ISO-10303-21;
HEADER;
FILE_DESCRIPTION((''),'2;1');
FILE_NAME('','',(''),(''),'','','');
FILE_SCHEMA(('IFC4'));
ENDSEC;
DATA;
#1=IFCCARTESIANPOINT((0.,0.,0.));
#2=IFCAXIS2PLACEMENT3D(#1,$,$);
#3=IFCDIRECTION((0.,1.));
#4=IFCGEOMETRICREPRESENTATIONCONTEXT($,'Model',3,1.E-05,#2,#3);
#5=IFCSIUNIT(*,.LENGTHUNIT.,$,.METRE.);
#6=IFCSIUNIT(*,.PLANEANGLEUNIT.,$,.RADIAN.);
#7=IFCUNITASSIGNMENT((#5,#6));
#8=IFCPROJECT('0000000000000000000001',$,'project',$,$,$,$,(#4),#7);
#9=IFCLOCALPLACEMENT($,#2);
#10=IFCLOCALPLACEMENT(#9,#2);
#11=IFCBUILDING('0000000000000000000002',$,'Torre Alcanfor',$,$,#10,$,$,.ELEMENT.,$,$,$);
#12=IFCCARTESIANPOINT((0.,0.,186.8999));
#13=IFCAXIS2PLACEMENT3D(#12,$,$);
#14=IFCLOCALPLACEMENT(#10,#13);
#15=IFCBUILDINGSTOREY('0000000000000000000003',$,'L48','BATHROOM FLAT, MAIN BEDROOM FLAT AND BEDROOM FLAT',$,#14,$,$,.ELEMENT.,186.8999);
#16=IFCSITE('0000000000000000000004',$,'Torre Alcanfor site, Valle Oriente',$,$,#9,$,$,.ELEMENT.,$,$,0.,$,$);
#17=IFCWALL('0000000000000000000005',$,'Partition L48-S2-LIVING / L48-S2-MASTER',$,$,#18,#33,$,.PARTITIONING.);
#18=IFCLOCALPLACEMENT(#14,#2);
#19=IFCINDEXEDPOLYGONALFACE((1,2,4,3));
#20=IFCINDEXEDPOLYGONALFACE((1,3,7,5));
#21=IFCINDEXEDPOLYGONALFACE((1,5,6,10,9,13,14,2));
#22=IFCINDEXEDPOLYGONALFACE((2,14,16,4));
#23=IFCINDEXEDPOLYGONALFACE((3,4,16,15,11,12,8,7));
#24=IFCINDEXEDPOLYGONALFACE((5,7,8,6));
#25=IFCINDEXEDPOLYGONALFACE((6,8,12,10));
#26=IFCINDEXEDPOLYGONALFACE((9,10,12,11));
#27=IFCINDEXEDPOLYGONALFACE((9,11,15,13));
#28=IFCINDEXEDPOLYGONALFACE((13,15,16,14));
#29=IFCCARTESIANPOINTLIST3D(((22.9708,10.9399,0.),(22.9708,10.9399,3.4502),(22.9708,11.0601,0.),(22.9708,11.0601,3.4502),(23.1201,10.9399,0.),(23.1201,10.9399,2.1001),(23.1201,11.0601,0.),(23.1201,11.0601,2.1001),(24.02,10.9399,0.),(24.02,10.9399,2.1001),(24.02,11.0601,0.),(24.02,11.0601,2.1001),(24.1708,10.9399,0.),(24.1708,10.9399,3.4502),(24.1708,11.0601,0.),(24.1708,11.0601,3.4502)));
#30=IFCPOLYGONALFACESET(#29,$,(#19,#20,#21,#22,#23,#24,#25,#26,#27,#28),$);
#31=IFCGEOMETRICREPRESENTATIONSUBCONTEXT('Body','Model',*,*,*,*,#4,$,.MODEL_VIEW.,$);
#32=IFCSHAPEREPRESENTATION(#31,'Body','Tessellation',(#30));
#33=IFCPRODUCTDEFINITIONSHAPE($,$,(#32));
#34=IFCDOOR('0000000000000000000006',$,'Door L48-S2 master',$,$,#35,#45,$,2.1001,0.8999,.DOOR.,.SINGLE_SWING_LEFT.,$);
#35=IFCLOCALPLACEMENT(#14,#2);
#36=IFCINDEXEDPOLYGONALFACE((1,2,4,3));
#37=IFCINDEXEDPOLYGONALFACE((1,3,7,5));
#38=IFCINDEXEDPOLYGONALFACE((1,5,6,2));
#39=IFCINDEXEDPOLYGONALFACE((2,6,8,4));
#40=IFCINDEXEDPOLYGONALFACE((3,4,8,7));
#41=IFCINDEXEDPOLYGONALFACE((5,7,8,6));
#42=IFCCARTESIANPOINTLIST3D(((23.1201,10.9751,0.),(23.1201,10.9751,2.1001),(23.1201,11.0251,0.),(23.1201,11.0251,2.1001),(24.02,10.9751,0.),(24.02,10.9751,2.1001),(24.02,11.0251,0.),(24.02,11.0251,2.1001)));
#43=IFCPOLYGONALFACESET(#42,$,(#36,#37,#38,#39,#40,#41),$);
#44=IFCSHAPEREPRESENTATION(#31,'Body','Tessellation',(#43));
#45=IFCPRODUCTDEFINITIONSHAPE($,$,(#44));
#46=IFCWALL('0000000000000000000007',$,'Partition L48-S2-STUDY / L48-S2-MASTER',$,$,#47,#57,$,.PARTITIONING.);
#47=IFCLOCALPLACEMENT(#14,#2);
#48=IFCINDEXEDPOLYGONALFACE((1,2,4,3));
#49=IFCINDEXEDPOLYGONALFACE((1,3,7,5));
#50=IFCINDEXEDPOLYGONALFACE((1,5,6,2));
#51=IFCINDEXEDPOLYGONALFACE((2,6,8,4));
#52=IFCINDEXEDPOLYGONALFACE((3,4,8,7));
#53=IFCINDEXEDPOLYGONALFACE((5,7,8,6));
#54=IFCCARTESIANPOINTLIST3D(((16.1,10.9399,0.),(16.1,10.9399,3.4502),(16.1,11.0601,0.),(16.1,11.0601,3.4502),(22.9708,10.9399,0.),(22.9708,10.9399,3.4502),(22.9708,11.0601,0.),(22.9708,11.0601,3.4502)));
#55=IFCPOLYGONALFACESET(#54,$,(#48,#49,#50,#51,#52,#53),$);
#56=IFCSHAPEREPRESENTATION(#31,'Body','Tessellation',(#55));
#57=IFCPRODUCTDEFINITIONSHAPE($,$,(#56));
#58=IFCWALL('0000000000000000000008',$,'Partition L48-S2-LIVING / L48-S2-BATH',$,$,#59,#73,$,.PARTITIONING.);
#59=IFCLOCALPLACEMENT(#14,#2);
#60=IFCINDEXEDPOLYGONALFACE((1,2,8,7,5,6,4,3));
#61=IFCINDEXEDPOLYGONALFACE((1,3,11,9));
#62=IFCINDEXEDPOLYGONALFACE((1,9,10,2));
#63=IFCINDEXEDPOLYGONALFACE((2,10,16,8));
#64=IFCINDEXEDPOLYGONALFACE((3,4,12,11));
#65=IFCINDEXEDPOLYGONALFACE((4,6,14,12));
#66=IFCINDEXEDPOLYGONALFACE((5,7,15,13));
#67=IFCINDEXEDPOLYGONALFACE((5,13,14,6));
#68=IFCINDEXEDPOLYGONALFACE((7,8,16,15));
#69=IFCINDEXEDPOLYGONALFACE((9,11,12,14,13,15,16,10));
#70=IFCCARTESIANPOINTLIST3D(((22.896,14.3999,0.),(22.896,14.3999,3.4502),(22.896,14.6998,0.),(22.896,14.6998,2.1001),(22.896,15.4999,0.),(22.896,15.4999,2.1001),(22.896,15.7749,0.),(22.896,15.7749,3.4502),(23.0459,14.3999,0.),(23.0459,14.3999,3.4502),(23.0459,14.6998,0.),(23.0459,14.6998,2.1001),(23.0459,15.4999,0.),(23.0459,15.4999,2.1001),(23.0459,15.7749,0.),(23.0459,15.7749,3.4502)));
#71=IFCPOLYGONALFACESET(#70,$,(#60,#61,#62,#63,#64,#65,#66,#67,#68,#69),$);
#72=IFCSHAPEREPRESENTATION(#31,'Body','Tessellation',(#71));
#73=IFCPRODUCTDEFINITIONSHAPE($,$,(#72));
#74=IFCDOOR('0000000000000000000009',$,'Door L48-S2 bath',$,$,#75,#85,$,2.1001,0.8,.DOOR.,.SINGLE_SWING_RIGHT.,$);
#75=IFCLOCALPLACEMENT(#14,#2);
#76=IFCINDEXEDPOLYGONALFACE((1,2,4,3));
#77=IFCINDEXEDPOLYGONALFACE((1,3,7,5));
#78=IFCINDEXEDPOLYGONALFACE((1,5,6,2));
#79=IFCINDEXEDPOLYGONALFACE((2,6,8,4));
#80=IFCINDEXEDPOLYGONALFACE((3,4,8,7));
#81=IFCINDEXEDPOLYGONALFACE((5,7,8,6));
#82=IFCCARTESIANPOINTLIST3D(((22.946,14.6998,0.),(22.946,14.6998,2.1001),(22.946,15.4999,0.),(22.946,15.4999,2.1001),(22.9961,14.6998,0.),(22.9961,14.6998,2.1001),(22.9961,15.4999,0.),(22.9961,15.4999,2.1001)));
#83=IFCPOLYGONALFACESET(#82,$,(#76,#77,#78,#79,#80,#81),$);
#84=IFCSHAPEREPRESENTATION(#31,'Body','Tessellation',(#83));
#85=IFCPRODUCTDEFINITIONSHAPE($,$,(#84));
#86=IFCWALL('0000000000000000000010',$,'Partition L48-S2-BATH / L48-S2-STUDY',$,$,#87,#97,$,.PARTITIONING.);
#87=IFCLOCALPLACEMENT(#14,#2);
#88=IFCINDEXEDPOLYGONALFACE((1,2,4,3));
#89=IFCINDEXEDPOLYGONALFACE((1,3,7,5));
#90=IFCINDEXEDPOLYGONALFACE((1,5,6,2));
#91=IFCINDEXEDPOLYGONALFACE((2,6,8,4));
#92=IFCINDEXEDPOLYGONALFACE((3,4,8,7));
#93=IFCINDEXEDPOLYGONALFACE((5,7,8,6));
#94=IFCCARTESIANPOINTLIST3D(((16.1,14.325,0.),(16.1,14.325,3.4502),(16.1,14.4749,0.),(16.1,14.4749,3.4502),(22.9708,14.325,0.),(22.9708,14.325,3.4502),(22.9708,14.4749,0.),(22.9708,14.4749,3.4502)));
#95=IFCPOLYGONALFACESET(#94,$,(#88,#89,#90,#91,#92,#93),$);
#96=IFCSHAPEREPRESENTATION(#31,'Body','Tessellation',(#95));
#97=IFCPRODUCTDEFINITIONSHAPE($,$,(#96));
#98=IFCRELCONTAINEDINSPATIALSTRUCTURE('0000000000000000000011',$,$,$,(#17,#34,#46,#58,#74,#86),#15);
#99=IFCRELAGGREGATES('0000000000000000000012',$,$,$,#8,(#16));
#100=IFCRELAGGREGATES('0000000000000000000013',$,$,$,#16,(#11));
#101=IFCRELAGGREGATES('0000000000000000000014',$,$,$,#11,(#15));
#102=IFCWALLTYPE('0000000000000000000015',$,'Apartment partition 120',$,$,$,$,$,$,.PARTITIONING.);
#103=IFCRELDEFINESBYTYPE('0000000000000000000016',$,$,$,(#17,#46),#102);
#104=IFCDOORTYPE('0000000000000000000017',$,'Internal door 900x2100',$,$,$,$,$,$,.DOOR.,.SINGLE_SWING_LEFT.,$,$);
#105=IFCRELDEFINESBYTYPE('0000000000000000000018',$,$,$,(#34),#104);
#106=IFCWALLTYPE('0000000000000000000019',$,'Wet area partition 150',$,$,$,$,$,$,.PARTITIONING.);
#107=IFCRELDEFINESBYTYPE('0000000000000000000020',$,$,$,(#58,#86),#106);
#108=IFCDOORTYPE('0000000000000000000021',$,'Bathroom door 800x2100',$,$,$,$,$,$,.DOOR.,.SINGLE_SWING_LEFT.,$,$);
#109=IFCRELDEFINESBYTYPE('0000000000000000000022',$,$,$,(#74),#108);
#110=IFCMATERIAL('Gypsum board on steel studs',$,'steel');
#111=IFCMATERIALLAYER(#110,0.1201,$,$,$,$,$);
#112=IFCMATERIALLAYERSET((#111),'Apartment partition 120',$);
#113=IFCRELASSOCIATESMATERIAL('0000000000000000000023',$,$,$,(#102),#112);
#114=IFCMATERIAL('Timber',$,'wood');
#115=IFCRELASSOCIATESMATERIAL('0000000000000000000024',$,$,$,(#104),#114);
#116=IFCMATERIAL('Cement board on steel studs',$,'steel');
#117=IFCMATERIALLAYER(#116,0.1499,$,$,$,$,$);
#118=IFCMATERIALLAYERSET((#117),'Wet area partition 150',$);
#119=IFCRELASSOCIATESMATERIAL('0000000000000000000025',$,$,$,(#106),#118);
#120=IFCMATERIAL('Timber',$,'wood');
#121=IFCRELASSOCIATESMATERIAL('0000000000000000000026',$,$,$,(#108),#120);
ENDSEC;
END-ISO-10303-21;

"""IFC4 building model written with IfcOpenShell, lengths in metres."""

from ifc_helpers import new_model, si_unit, direction, frame, frame_2d, origin, place, context, subcontext, project, spatial, rectangle, extrude, material, layer, layer_set, type_object, element, fill, save


model = new_model("IFC4")

# Units and contexts
model_context = context("Model", 3, precision=1e-05, world=origin(), true_north=direction((0.0, 1.0)))
body_context = subcontext(model_context, "Body", "Model", "MODEL_VIEW")
ifc_project = project(units=[si_unit("LENGTHUNIT", "METRE"), si_unit("PLANEANGLEUNIT", "RADIAN")], contexts=[model_context])

# Site, building, storey
site_placement = place(None, origin())
site = spatial("IfcSite", under=ifc_project, at=site_placement, Name="Torre Alcanfor site, Valle Oriente", CompositionType="ELEMENT", RefElevation=0.0)
building_placement = place(site_placement, origin())
building = spatial("IfcBuilding", under=site, at=building_placement, Name="Torre Alcanfor", CompositionType="ELEMENT")
storey_placement = place(building_placement, frame((0.0, 0.0, 186.8999)))
storey = spatial("IfcBuildingStorey", under=building, at=storey_placement, Name="L48", Description="BATHROOM FLAT, MAIN BEDROOM FLAT AND BEDROOM FLAT", CompositionType="ELEMENT", Elevation=186.8999)

# Shared definitions
ifc_material_1 = material(Name="Gypsum board on steel studs", Category="steel")
ifc_layer_1 = layer(ifc_material_1, 0.1201)
ifc_layer_set_1 = layer_set([ifc_layer_1], Name="Apartment partition 120")
wall_type_1 = type_object("IfcWallType", Name="Apartment partition 120", PredefinedType="PARTITIONING", material=ifc_layer_set_1)
ifc_material_2 = material(Name="Timber", Category="wood")
door_type_1 = type_object("IfcDoorType", Name="Internal door 900x2100", OperationType="SINGLE_SWING_LEFT", PredefinedType="DOOR", material=ifc_material_2)

# Wall, opening, door
wall_1_placement = place(storey_placement, frame((24.1709, 11.0, 0.0), z_axis=(0.0, 0.0, 1.0), x_axis=(-1.0, 0.0, 0.0)))
wall_1 = element("IfcWall", 1, at=wall_1_placement, inside=storey, type_object=wall_type_1, Name="Partition L48-S2-LIVING / L48-S2-MASTER", PredefinedType="PARTITIONING", context=body_context, shape_type="SweptSolid", body=[
    extrude(rectangle(XDim=1.2, YDim=0.1201, at=frame_2d((0.6001, 0.0))), origin(), (0.0, 0.0, 1.0), 3.4502),
])
opening_1_placement = place(wall_1_placement, frame((0.1509, 0.0, 0.0)))
opening_1 = element("IfcOpeningElement", 2, at=opening_1_placement, cuts=wall_1, PredefinedType="OPENING", context=body_context, shape_type="SweptSolid", body=[
    extrude(rectangle(XDim=0.8999, YDim=2.1001, at=frame_2d((0.45, 1.05))), frame((0.0, 0.0701, 0.0), z_axis=(0.0, -1.0, 0.0), x_axis=(1.0, 0.0, 0.0)), (0.0, 0.0, 1.0), 0.1401),
])
door_1_placement = place(opening_1_placement, origin())
door_1 = element("IfcDoor", 3, at=door_1_placement, inside=storey, type_object=door_type_1, Name="Door L48-S2 master", OperationType="SINGLE_SWING_LEFT", OverallHeight=2.1001, OverallWidth=0.8999, PredefinedType="DOOR", context=body_context, shape_type="SweptSolid", body=[
    extrude(rectangle(XDim=0.8999, YDim=2.1001, at=frame_2d((0.45, 1.05))), frame((0.0, 0.0249, 0.0), z_axis=(0.0, -1.0, 0.0), x_axis=(1.0, 0.0, 0.0)), (0.0, 0.0, 1.0), 0.05),
])
fill(opening_1, door_1)

# Wall
wall_2_placement = place(storey_placement, frame((22.9709, 11.0, 0.0), z_axis=(0.0, 0.0, 1.0), x_axis=(-1.0, 0.0, 0.0)))
element("IfcWall", 4, at=wall_2_placement, inside=storey, type_object=wall_type_1, Name="Partition L48-S2-STUDY / L48-S2-MASTER", PredefinedType="PARTITIONING", context=body_context, shape_type="SweptSolid", body=[
    extrude(rectangle(XDim=6.8708, YDim=0.1201, at=frame_2d((3.4355, 0.0))), origin(), (0.0, 0.0, 1.0), 3.4502),
])

# Wall, opening, door
ifc_material_3 = material(Name="Cement board on steel studs", Category="steel")
ifc_layer_2 = layer(ifc_material_3, 0.1499)
ifc_layer_set_2 = layer_set([ifc_layer_2], Name="Wet area partition 150")
wall_type_2 = type_object("IfcWallType", Name="Wet area partition 150", PredefinedType="PARTITIONING", material=ifc_layer_set_2)
wall_3_placement = place(storey_placement, frame((22.9709, 14.3999, 0.0), z_axis=(0.0, 0.0, 1.0), x_axis=(0.0, 1.0, 0.0)))
wall_3 = element("IfcWall", 5, at=wall_3_placement, inside=storey, type_object=wall_type_2, Name="Partition L48-S2-LIVING / L48-S2-BATH", PredefinedType="PARTITIONING", context=body_context, shape_type="SweptSolid", body=[
    extrude(rectangle(XDim=1.375, YDim=0.1499, at=frame_2d((0.6875, 0.0))), origin(), (0.0, 0.0, 1.0), 3.4502),
])
opening_2_placement = place(wall_3_placement, frame((0.3, 0.0, 0.0)))
opening_2 = element("IfcOpeningElement", 6, at=opening_2_placement, cuts=wall_3, PredefinedType="OPENING", context=body_context, shape_type="SweptSolid", body=[
    extrude(rectangle(XDim=0.8, YDim=2.1001, at=frame_2d((0.3999, 1.05))), frame((0.0, 0.085, 0.0), z_axis=(0.0, -1.0, 0.0), x_axis=(1.0, 0.0, 0.0)), (0.0, 0.0, 1.0), 0.1699),
])
ifc_material_4 = material(Name="Timber", Category="wood")
door_type_2 = type_object("IfcDoorType", Name="Bathroom door 800x2100", OperationType="SINGLE_SWING_LEFT", PredefinedType="DOOR", material=ifc_material_4)
door_2_placement = place(opening_2_placement, origin())
door_2 = element("IfcDoor", 7, at=door_2_placement, inside=storey, type_object=door_type_2, Name="Door L48-S2 bath", OperationType="SINGLE_SWING_RIGHT", OverallHeight=2.1001, OverallWidth=0.8, PredefinedType="DOOR", context=body_context, shape_type="SweptSolid", body=[
    extrude(rectangle(XDim=0.8, YDim=2.1001, at=frame_2d((0.3999, 1.05))), frame((0.0, 0.0249, 0.0), z_axis=(0.0, -1.0, 0.0), x_axis=(1.0, 0.0, 0.0)), (0.0, 0.0, 1.0), 0.05),
])
fill(opening_2, door_2)

# Wall
wall_4_placement = place(storey_placement, frame((22.9709, 14.3999, 0.0), z_axis=(0.0, 0.0, 1.0), x_axis=(-1.0, 0.0, 0.0)))
element("IfcWall", 8, at=wall_4_placement, inside=storey, type_object=wall_type_2, Name="Partition L48-S2-BATH / L48-S2-STUDY", PredefinedType="PARTITIONING", context=body_context, shape_type="SweptSolid", body=[
    extrude(rectangle(XDim=6.8708, YDim=0.1499, at=frame_2d((3.4355, 0.0))), origin(), (0.0, 0.0, 1.0), 3.4502),
])

save(model, "model.ifc")
